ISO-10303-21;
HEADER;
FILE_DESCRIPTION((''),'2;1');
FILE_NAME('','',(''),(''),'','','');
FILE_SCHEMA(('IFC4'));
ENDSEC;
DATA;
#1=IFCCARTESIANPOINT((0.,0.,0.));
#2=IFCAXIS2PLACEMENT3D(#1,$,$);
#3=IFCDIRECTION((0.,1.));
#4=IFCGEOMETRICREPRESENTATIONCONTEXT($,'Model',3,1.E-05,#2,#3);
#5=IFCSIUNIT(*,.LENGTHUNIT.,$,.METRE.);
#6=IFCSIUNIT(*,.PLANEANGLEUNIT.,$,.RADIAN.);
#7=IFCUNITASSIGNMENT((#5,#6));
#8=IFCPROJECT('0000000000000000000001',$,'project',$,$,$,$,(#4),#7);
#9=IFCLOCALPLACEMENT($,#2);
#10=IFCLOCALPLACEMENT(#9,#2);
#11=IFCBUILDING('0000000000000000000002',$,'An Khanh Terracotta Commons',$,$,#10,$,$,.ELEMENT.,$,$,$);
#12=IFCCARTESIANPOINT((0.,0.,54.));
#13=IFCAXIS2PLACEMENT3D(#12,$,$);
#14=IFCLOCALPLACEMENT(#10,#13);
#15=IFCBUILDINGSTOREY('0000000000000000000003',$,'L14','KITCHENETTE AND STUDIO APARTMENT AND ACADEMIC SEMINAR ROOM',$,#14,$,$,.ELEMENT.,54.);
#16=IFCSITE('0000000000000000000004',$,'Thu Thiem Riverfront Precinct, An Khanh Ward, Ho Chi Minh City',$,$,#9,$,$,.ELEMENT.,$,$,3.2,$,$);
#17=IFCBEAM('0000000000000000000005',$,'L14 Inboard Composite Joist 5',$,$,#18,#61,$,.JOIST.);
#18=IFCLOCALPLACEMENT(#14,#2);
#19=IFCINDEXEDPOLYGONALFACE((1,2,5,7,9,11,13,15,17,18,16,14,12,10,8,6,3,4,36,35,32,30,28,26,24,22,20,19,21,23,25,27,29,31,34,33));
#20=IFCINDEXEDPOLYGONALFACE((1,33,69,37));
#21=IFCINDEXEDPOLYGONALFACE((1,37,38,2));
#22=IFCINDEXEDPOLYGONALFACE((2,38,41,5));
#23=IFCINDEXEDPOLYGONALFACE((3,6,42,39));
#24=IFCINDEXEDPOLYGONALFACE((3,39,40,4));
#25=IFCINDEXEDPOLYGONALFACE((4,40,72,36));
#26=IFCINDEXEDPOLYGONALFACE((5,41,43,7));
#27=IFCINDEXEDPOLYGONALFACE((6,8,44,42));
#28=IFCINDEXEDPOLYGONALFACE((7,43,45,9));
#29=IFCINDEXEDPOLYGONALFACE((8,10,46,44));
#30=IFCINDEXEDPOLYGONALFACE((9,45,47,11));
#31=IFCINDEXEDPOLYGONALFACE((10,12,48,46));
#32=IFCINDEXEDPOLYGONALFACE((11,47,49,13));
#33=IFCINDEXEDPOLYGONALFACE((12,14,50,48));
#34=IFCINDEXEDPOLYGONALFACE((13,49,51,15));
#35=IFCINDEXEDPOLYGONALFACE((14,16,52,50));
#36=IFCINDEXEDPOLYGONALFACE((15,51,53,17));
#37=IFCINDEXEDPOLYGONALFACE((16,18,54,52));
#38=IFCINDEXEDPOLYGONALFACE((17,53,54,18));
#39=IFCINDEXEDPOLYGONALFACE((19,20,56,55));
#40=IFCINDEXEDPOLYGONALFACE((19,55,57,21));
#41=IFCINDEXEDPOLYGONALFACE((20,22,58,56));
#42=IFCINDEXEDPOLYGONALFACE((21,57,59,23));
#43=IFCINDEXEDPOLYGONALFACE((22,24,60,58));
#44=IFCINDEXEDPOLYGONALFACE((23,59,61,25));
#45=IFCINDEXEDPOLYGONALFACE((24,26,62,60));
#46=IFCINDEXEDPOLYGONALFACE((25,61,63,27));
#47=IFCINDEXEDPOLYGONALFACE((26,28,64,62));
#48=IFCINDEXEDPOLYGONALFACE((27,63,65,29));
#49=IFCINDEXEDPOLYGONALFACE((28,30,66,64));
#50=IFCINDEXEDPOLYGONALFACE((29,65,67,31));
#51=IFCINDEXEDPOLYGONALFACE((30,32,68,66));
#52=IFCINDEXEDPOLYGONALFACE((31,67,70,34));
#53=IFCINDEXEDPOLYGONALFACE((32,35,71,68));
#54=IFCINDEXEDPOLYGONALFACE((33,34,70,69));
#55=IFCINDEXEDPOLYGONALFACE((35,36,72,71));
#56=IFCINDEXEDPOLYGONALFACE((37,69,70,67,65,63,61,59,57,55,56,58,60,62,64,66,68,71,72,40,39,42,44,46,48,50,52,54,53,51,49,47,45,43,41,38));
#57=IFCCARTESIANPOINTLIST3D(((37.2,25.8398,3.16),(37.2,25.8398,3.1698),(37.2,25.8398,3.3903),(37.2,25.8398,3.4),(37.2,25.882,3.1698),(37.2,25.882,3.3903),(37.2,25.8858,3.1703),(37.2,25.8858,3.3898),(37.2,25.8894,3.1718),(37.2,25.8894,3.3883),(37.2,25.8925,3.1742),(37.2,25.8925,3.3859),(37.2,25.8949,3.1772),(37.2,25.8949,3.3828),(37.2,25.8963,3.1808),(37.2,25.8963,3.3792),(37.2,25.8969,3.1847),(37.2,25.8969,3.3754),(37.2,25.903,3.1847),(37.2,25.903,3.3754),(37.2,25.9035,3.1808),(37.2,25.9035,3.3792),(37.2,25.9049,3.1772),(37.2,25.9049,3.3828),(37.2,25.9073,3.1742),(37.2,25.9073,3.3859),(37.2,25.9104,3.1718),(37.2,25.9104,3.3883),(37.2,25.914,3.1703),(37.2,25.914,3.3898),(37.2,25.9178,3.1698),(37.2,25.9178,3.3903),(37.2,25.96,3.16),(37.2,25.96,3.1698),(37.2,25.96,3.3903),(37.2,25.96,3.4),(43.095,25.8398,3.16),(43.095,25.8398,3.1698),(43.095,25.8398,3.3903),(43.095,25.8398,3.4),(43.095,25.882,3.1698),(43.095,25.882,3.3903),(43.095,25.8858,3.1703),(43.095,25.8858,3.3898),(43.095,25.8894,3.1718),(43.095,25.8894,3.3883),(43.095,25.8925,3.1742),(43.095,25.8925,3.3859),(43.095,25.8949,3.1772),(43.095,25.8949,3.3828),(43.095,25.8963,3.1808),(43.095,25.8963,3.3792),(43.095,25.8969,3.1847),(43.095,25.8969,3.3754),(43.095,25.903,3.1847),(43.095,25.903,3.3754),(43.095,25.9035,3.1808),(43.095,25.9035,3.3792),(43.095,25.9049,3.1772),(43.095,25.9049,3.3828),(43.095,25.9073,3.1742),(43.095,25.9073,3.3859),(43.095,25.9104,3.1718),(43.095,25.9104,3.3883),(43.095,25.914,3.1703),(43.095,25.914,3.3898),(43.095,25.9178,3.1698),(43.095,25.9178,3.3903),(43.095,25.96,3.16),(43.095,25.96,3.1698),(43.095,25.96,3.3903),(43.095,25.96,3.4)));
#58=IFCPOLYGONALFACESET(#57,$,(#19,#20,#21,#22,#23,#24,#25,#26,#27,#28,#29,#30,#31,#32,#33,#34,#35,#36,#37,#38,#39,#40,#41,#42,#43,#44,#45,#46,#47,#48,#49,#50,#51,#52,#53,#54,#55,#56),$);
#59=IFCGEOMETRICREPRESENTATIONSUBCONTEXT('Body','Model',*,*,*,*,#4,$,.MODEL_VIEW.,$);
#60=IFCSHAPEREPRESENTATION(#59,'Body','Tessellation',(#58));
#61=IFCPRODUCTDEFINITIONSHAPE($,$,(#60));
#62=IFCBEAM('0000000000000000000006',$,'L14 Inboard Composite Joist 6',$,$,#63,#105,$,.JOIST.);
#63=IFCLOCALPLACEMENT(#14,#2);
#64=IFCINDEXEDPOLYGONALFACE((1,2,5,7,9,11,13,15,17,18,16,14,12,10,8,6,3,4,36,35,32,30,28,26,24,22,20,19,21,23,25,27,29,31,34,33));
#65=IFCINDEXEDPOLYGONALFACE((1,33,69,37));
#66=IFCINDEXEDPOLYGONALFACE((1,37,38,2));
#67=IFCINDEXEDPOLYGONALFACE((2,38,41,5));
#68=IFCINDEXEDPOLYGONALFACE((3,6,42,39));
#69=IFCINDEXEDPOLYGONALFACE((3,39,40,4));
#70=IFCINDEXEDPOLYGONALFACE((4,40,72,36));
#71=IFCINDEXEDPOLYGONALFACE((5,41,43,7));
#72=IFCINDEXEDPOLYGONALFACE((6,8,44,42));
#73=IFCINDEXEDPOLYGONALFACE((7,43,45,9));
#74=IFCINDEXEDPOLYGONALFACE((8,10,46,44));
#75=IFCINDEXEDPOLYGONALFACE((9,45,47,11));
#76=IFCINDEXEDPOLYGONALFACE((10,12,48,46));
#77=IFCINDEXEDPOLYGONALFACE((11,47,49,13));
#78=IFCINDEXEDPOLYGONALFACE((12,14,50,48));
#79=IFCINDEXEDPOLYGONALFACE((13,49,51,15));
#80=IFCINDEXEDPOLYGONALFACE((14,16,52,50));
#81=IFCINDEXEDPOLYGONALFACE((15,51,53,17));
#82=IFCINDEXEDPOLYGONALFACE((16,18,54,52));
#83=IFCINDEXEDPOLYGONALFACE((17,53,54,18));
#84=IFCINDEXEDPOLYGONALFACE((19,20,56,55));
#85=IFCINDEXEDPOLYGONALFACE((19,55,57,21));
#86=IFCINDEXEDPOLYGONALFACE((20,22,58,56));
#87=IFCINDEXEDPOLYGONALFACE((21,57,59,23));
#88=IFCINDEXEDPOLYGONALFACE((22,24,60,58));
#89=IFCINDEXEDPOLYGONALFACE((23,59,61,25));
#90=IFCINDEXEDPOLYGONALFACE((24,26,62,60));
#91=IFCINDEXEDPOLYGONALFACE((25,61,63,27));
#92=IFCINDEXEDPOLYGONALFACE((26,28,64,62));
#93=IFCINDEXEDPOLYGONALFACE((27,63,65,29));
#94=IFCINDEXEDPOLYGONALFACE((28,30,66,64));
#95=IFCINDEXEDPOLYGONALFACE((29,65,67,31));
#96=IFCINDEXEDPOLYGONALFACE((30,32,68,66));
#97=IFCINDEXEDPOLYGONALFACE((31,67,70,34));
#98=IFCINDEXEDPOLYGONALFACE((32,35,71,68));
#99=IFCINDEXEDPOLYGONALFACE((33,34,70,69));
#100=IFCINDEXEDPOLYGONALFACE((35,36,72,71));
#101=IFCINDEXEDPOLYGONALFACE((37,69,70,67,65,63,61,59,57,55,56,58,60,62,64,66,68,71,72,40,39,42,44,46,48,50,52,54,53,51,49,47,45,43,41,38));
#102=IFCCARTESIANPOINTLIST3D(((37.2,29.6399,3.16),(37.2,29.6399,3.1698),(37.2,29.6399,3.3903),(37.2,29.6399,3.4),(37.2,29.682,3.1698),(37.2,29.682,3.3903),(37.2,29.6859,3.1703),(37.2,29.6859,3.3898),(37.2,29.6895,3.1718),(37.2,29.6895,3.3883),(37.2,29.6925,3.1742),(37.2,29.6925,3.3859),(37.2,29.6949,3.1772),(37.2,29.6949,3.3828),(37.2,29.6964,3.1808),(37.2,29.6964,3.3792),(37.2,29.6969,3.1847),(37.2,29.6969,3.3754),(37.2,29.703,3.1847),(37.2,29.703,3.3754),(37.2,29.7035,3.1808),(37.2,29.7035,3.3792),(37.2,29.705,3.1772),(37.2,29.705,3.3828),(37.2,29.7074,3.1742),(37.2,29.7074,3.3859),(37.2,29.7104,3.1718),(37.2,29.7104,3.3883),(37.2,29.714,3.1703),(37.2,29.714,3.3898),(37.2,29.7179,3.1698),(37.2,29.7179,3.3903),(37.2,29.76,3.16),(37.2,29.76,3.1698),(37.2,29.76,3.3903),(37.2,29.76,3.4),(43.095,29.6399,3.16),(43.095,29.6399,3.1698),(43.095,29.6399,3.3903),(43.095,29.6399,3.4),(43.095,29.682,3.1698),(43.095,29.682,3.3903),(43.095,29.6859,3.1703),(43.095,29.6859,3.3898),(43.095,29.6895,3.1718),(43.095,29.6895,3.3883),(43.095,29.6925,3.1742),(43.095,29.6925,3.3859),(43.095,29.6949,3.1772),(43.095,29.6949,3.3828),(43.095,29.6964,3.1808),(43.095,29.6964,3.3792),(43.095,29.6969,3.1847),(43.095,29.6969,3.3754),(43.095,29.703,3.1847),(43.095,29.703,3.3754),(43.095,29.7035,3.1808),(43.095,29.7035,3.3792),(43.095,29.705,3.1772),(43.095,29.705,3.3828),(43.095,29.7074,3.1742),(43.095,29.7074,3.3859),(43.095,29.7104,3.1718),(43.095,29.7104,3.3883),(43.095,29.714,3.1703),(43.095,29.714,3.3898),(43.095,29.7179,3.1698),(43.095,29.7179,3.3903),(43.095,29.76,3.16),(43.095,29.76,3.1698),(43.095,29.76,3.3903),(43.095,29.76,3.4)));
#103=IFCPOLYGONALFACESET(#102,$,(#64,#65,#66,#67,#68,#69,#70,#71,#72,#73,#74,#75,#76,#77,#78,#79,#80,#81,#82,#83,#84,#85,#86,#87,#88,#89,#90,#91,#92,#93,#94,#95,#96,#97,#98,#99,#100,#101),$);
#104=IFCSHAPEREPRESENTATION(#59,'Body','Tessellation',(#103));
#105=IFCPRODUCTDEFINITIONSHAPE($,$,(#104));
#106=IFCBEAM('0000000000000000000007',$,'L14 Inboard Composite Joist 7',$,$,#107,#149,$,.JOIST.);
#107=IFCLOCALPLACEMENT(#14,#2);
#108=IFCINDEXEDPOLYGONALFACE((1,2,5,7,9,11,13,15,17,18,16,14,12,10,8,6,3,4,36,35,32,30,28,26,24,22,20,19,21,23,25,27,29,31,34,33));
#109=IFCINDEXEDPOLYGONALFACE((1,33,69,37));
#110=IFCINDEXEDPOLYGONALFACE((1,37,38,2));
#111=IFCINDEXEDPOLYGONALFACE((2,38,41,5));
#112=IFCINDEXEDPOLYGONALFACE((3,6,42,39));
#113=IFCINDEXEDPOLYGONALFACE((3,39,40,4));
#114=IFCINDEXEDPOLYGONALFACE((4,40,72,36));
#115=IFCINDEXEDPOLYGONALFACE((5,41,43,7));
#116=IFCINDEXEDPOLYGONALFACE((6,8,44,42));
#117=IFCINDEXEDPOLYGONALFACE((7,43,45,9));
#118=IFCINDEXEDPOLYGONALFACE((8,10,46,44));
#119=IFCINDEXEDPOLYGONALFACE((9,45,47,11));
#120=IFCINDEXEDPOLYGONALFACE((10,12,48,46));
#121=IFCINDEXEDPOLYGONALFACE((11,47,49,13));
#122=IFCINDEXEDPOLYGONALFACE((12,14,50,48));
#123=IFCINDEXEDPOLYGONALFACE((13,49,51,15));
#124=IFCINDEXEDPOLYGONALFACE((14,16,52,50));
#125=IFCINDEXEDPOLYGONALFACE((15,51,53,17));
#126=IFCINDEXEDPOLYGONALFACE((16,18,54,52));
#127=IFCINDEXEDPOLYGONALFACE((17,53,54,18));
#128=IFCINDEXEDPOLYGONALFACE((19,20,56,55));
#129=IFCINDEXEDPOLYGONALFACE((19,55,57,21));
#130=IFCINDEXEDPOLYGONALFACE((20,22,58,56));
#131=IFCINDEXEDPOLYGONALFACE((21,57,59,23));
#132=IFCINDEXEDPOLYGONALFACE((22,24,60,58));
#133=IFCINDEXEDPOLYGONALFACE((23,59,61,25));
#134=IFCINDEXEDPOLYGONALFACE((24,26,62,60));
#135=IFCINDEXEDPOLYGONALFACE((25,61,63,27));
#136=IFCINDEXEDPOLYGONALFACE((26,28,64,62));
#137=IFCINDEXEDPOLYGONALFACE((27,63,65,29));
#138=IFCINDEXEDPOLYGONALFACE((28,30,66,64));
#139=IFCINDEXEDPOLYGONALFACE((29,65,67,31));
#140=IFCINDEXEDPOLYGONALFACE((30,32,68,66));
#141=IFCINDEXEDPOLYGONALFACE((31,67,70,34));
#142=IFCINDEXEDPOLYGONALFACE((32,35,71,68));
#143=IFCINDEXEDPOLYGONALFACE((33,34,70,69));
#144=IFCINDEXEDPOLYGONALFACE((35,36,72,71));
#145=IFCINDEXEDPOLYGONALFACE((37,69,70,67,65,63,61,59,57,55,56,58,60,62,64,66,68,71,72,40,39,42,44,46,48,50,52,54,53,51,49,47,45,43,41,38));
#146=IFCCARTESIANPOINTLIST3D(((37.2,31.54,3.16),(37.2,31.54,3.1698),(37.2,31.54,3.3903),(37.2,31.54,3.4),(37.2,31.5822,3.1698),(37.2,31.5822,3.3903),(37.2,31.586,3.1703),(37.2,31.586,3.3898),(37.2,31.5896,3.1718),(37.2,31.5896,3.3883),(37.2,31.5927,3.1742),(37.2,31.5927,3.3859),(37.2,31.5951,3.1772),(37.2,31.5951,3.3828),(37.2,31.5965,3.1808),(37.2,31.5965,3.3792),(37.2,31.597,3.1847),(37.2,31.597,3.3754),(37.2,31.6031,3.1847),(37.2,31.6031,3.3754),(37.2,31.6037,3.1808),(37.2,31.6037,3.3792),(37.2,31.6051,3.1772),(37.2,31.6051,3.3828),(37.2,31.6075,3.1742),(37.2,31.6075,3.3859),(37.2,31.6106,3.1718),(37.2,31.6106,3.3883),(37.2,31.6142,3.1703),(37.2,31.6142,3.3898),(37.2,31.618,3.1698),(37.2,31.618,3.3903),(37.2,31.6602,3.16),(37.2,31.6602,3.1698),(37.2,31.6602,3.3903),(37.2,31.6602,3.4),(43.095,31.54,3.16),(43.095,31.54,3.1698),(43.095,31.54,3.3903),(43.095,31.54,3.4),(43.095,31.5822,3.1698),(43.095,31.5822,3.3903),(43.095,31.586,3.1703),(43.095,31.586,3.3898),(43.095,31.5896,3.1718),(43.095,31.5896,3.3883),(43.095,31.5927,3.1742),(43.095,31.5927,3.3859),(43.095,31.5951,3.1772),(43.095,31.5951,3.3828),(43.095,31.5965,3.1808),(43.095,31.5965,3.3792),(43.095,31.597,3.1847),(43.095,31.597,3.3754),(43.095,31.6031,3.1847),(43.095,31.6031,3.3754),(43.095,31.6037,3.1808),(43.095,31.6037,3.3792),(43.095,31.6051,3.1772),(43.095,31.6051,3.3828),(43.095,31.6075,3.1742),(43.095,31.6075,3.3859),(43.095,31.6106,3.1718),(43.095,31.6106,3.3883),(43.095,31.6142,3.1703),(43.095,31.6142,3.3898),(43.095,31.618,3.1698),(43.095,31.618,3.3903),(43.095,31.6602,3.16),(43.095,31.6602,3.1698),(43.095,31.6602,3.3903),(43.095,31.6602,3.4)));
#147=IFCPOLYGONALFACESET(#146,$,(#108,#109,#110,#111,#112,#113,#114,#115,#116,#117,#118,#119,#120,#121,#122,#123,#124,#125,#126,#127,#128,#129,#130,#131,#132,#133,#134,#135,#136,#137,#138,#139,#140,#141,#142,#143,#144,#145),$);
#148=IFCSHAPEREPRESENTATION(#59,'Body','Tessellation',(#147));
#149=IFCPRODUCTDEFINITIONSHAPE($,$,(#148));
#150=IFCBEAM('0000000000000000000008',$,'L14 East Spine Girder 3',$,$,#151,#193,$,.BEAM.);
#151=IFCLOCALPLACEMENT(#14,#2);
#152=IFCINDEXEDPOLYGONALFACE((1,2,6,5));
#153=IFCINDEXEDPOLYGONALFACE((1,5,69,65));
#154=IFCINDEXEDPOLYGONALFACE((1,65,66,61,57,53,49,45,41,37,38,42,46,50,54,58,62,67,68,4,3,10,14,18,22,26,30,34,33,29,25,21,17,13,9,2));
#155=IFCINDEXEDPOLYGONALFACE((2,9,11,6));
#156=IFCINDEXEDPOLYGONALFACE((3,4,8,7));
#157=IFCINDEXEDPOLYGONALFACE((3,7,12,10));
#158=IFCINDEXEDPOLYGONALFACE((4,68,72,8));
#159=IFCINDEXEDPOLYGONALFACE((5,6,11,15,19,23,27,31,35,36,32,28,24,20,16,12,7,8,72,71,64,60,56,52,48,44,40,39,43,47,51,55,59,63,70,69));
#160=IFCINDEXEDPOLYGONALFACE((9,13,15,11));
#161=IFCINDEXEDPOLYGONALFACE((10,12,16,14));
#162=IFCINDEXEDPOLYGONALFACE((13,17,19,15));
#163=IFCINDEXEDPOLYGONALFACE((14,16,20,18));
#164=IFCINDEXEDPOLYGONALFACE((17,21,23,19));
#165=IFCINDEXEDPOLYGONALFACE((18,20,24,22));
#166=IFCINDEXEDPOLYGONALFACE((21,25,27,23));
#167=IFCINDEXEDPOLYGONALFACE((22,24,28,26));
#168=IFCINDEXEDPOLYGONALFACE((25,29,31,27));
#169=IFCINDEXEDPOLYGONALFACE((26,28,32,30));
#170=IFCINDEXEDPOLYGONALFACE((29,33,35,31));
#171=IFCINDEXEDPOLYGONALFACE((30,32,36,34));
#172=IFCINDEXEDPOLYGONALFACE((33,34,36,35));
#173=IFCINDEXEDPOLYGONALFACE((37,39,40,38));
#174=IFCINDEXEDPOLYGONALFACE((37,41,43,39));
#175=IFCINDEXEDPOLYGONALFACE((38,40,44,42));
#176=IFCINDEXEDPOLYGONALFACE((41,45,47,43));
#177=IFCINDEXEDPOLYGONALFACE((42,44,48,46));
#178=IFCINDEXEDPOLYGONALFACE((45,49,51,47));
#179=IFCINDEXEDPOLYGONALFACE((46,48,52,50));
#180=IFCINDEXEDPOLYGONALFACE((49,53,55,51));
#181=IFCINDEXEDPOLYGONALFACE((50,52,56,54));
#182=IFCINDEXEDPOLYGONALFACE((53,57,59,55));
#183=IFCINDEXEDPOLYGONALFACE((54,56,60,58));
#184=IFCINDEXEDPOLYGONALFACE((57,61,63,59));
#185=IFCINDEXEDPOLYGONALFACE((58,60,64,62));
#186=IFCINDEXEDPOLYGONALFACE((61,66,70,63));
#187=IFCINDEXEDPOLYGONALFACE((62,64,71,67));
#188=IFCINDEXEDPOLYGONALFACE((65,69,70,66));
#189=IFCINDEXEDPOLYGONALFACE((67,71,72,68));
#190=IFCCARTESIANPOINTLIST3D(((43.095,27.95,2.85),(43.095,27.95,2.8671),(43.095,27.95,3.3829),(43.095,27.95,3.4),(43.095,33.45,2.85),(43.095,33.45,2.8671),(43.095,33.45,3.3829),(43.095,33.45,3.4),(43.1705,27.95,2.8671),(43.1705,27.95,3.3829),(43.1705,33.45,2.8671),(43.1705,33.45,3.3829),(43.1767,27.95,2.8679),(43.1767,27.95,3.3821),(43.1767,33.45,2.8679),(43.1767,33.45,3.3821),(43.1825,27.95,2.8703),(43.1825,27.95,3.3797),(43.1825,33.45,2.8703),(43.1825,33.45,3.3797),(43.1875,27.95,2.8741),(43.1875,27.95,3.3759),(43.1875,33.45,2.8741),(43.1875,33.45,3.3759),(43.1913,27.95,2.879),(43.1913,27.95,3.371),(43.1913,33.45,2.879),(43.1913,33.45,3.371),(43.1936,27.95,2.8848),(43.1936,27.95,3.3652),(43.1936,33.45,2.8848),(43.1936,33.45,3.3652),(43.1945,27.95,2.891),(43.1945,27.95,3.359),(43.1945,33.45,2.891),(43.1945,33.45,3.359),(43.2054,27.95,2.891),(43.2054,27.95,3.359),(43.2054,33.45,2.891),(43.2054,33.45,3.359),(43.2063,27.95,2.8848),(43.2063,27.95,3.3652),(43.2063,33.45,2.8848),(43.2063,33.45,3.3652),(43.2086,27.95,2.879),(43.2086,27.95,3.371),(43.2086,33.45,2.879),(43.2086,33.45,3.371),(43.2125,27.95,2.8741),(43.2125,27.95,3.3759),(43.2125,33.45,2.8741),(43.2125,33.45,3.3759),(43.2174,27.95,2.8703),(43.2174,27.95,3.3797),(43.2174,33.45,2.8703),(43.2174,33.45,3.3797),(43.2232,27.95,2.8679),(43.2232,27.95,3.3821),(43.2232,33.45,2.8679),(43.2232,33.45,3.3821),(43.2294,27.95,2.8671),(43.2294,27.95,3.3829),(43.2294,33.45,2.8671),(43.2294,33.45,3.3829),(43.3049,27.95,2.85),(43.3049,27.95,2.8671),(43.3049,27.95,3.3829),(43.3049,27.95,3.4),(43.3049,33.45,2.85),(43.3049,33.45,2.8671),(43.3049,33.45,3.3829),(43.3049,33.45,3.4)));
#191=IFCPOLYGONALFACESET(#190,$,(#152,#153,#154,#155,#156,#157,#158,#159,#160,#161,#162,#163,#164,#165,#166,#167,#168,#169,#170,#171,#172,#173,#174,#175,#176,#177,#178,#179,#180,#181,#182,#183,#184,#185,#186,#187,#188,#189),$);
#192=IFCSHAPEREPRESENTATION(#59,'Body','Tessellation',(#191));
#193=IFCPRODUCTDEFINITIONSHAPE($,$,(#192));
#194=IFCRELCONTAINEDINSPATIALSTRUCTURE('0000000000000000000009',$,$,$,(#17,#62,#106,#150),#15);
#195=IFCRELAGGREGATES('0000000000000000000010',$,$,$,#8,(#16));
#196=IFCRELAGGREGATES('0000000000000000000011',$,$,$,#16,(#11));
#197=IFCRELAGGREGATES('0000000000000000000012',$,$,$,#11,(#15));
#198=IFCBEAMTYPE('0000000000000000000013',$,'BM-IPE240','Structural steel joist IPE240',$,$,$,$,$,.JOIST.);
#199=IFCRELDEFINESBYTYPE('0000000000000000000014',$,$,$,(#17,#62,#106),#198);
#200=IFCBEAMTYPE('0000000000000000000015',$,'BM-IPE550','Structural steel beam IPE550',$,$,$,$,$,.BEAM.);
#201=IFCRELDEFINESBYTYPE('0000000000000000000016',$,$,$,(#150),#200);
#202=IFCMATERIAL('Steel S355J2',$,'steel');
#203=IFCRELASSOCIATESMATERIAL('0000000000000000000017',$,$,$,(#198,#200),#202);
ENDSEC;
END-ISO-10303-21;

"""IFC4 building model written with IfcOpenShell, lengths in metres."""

from ifc_helpers import new_model, si_unit, direction, frame, origin, origin_2d, place, context, subcontext, project, spatial, i_section, extrude, material, material_profile, profile_set, type_object, element, save


model = new_model("IFC4")

# Units and contexts
model_context = context("Model", 3, precision=1e-05, world=origin(), true_north=direction((0.0, 1.0)))
body_context = subcontext(model_context, "Body", "Model", "MODEL_VIEW")
ifc_project = project(units=[si_unit("LENGTHUNIT", "METRE"), si_unit("PLANEANGLEUNIT", "RADIAN")], contexts=[model_context])

# Site, building, storey
site_placement = place(None, origin())
site = spatial("IfcSite", under=ifc_project, at=site_placement, Name="Thu Thiem Riverfront Precinct, An Khanh Ward, Ho Chi Minh City", CompositionType="ELEMENT", RefElevation=3.2)
building_placement = place(site_placement, origin())
building = spatial("IfcBuilding", under=site, at=building_placement, Name="An Khanh Terracotta Commons", CompositionType="ELEMENT")
storey_placement = place(building_placement, frame((0.0, 0.0, 54.0)))
storey = spatial("IfcBuildingStorey", under=building, at=storey_placement, Name="L14", Description="KITCHENETTE AND STUDIO APARTMENT AND ACADEMIC SEMINAR ROOM", CompositionType="ELEMENT", Elevation=54.0)

# Beams
ifc_material_1 = material(Name="Steel S355J2", Category="steel")
ifc_material_profile_1 = material_profile(ifc_material_1, i_section(OverallWidth=0.1201, OverallDepth=0.24, WebThickness=0.0061, FlangeThickness=0.0098, FilletRadius=0.0149, at=origin_2d()), Name="IPE240")
ifc_profile_set_1 = profile_set([ifc_material_profile_1], Name="Steel S355J2")
beam_type_1 = type_object("IfcBeamType", Name="BM-IPE240", Description="Structural steel joist IPE240", PredefinedType="JOIST", material=ifc_profile_set_1)
for number, where, z_axis, x_axis, name in (
    (1, (37.2, 25.8999, 3.28), (1.0, 0.0, 0.0), (0.0, 1.0, 0.0), "L14 Inboard Composite Joist 5"),
    (2, (37.2, 29.7, 3.28), (1.0, 0.0, 0.0), (0.0, 1.0, 0.0), "L14 Inboard Composite Joist 6"),
    (3, (37.2, 31.6001, 3.28), (1.0, 0.0, 0.0), (0.0, 1.0, 0.0), "L14 Inboard Composite Joist 7"),
):
    element("IfcBeam", number, at=place(storey_placement, frame(where, z_axis=z_axis, x_axis=x_axis)), inside=storey, type_object=beam_type_1, Name=name, PredefinedType="JOIST", context=body_context, shape_type="SweptSolid", body=[
        extrude(i_section(OverallWidth=0.1201, OverallDepth=0.24, WebThickness=0.0061, FlangeThickness=0.0098, FilletRadius=0.0149, at=origin_2d()), origin(), (0.0, 0.0, 1.0), 5.895),
    ])
ifc_material_profile_2 = material_profile(ifc_material_1, i_section(OverallWidth=0.21, OverallDepth=0.55, WebThickness=0.011, FlangeThickness=0.0171, FilletRadius=0.0239, at=origin_2d()), Name="IPE550")
ifc_profile_set_2 = profile_set([ifc_material_profile_2], Name="Steel S355J2")
beam_type_2 = type_object("IfcBeamType", Name="BM-IPE550", Description="Structural steel beam IPE550", PredefinedType="BEAM", material=ifc_profile_set_2)
beam_1_placement = place(storey_placement, frame((43.2, 27.95, 3.125), z_axis=(0.0, 1.0, 0.0), x_axis=(-1.0, 0.0, 0.0)))
element("IfcBeam", 4, at=beam_1_placement, inside=storey, type_object=beam_type_2, Name="L14 East Spine Girder 3", PredefinedType="BEAM", context=body_context, shape_type="SweptSolid", body=[
    extrude(i_section(OverallWidth=0.21, OverallDepth=0.55, WebThickness=0.011, FlangeThickness=0.0171, FilletRadius=0.0239, at=origin_2d()), origin(), (0.0, 0.0, 1.0), 5.5),
])

save(model, "model.ifc")
